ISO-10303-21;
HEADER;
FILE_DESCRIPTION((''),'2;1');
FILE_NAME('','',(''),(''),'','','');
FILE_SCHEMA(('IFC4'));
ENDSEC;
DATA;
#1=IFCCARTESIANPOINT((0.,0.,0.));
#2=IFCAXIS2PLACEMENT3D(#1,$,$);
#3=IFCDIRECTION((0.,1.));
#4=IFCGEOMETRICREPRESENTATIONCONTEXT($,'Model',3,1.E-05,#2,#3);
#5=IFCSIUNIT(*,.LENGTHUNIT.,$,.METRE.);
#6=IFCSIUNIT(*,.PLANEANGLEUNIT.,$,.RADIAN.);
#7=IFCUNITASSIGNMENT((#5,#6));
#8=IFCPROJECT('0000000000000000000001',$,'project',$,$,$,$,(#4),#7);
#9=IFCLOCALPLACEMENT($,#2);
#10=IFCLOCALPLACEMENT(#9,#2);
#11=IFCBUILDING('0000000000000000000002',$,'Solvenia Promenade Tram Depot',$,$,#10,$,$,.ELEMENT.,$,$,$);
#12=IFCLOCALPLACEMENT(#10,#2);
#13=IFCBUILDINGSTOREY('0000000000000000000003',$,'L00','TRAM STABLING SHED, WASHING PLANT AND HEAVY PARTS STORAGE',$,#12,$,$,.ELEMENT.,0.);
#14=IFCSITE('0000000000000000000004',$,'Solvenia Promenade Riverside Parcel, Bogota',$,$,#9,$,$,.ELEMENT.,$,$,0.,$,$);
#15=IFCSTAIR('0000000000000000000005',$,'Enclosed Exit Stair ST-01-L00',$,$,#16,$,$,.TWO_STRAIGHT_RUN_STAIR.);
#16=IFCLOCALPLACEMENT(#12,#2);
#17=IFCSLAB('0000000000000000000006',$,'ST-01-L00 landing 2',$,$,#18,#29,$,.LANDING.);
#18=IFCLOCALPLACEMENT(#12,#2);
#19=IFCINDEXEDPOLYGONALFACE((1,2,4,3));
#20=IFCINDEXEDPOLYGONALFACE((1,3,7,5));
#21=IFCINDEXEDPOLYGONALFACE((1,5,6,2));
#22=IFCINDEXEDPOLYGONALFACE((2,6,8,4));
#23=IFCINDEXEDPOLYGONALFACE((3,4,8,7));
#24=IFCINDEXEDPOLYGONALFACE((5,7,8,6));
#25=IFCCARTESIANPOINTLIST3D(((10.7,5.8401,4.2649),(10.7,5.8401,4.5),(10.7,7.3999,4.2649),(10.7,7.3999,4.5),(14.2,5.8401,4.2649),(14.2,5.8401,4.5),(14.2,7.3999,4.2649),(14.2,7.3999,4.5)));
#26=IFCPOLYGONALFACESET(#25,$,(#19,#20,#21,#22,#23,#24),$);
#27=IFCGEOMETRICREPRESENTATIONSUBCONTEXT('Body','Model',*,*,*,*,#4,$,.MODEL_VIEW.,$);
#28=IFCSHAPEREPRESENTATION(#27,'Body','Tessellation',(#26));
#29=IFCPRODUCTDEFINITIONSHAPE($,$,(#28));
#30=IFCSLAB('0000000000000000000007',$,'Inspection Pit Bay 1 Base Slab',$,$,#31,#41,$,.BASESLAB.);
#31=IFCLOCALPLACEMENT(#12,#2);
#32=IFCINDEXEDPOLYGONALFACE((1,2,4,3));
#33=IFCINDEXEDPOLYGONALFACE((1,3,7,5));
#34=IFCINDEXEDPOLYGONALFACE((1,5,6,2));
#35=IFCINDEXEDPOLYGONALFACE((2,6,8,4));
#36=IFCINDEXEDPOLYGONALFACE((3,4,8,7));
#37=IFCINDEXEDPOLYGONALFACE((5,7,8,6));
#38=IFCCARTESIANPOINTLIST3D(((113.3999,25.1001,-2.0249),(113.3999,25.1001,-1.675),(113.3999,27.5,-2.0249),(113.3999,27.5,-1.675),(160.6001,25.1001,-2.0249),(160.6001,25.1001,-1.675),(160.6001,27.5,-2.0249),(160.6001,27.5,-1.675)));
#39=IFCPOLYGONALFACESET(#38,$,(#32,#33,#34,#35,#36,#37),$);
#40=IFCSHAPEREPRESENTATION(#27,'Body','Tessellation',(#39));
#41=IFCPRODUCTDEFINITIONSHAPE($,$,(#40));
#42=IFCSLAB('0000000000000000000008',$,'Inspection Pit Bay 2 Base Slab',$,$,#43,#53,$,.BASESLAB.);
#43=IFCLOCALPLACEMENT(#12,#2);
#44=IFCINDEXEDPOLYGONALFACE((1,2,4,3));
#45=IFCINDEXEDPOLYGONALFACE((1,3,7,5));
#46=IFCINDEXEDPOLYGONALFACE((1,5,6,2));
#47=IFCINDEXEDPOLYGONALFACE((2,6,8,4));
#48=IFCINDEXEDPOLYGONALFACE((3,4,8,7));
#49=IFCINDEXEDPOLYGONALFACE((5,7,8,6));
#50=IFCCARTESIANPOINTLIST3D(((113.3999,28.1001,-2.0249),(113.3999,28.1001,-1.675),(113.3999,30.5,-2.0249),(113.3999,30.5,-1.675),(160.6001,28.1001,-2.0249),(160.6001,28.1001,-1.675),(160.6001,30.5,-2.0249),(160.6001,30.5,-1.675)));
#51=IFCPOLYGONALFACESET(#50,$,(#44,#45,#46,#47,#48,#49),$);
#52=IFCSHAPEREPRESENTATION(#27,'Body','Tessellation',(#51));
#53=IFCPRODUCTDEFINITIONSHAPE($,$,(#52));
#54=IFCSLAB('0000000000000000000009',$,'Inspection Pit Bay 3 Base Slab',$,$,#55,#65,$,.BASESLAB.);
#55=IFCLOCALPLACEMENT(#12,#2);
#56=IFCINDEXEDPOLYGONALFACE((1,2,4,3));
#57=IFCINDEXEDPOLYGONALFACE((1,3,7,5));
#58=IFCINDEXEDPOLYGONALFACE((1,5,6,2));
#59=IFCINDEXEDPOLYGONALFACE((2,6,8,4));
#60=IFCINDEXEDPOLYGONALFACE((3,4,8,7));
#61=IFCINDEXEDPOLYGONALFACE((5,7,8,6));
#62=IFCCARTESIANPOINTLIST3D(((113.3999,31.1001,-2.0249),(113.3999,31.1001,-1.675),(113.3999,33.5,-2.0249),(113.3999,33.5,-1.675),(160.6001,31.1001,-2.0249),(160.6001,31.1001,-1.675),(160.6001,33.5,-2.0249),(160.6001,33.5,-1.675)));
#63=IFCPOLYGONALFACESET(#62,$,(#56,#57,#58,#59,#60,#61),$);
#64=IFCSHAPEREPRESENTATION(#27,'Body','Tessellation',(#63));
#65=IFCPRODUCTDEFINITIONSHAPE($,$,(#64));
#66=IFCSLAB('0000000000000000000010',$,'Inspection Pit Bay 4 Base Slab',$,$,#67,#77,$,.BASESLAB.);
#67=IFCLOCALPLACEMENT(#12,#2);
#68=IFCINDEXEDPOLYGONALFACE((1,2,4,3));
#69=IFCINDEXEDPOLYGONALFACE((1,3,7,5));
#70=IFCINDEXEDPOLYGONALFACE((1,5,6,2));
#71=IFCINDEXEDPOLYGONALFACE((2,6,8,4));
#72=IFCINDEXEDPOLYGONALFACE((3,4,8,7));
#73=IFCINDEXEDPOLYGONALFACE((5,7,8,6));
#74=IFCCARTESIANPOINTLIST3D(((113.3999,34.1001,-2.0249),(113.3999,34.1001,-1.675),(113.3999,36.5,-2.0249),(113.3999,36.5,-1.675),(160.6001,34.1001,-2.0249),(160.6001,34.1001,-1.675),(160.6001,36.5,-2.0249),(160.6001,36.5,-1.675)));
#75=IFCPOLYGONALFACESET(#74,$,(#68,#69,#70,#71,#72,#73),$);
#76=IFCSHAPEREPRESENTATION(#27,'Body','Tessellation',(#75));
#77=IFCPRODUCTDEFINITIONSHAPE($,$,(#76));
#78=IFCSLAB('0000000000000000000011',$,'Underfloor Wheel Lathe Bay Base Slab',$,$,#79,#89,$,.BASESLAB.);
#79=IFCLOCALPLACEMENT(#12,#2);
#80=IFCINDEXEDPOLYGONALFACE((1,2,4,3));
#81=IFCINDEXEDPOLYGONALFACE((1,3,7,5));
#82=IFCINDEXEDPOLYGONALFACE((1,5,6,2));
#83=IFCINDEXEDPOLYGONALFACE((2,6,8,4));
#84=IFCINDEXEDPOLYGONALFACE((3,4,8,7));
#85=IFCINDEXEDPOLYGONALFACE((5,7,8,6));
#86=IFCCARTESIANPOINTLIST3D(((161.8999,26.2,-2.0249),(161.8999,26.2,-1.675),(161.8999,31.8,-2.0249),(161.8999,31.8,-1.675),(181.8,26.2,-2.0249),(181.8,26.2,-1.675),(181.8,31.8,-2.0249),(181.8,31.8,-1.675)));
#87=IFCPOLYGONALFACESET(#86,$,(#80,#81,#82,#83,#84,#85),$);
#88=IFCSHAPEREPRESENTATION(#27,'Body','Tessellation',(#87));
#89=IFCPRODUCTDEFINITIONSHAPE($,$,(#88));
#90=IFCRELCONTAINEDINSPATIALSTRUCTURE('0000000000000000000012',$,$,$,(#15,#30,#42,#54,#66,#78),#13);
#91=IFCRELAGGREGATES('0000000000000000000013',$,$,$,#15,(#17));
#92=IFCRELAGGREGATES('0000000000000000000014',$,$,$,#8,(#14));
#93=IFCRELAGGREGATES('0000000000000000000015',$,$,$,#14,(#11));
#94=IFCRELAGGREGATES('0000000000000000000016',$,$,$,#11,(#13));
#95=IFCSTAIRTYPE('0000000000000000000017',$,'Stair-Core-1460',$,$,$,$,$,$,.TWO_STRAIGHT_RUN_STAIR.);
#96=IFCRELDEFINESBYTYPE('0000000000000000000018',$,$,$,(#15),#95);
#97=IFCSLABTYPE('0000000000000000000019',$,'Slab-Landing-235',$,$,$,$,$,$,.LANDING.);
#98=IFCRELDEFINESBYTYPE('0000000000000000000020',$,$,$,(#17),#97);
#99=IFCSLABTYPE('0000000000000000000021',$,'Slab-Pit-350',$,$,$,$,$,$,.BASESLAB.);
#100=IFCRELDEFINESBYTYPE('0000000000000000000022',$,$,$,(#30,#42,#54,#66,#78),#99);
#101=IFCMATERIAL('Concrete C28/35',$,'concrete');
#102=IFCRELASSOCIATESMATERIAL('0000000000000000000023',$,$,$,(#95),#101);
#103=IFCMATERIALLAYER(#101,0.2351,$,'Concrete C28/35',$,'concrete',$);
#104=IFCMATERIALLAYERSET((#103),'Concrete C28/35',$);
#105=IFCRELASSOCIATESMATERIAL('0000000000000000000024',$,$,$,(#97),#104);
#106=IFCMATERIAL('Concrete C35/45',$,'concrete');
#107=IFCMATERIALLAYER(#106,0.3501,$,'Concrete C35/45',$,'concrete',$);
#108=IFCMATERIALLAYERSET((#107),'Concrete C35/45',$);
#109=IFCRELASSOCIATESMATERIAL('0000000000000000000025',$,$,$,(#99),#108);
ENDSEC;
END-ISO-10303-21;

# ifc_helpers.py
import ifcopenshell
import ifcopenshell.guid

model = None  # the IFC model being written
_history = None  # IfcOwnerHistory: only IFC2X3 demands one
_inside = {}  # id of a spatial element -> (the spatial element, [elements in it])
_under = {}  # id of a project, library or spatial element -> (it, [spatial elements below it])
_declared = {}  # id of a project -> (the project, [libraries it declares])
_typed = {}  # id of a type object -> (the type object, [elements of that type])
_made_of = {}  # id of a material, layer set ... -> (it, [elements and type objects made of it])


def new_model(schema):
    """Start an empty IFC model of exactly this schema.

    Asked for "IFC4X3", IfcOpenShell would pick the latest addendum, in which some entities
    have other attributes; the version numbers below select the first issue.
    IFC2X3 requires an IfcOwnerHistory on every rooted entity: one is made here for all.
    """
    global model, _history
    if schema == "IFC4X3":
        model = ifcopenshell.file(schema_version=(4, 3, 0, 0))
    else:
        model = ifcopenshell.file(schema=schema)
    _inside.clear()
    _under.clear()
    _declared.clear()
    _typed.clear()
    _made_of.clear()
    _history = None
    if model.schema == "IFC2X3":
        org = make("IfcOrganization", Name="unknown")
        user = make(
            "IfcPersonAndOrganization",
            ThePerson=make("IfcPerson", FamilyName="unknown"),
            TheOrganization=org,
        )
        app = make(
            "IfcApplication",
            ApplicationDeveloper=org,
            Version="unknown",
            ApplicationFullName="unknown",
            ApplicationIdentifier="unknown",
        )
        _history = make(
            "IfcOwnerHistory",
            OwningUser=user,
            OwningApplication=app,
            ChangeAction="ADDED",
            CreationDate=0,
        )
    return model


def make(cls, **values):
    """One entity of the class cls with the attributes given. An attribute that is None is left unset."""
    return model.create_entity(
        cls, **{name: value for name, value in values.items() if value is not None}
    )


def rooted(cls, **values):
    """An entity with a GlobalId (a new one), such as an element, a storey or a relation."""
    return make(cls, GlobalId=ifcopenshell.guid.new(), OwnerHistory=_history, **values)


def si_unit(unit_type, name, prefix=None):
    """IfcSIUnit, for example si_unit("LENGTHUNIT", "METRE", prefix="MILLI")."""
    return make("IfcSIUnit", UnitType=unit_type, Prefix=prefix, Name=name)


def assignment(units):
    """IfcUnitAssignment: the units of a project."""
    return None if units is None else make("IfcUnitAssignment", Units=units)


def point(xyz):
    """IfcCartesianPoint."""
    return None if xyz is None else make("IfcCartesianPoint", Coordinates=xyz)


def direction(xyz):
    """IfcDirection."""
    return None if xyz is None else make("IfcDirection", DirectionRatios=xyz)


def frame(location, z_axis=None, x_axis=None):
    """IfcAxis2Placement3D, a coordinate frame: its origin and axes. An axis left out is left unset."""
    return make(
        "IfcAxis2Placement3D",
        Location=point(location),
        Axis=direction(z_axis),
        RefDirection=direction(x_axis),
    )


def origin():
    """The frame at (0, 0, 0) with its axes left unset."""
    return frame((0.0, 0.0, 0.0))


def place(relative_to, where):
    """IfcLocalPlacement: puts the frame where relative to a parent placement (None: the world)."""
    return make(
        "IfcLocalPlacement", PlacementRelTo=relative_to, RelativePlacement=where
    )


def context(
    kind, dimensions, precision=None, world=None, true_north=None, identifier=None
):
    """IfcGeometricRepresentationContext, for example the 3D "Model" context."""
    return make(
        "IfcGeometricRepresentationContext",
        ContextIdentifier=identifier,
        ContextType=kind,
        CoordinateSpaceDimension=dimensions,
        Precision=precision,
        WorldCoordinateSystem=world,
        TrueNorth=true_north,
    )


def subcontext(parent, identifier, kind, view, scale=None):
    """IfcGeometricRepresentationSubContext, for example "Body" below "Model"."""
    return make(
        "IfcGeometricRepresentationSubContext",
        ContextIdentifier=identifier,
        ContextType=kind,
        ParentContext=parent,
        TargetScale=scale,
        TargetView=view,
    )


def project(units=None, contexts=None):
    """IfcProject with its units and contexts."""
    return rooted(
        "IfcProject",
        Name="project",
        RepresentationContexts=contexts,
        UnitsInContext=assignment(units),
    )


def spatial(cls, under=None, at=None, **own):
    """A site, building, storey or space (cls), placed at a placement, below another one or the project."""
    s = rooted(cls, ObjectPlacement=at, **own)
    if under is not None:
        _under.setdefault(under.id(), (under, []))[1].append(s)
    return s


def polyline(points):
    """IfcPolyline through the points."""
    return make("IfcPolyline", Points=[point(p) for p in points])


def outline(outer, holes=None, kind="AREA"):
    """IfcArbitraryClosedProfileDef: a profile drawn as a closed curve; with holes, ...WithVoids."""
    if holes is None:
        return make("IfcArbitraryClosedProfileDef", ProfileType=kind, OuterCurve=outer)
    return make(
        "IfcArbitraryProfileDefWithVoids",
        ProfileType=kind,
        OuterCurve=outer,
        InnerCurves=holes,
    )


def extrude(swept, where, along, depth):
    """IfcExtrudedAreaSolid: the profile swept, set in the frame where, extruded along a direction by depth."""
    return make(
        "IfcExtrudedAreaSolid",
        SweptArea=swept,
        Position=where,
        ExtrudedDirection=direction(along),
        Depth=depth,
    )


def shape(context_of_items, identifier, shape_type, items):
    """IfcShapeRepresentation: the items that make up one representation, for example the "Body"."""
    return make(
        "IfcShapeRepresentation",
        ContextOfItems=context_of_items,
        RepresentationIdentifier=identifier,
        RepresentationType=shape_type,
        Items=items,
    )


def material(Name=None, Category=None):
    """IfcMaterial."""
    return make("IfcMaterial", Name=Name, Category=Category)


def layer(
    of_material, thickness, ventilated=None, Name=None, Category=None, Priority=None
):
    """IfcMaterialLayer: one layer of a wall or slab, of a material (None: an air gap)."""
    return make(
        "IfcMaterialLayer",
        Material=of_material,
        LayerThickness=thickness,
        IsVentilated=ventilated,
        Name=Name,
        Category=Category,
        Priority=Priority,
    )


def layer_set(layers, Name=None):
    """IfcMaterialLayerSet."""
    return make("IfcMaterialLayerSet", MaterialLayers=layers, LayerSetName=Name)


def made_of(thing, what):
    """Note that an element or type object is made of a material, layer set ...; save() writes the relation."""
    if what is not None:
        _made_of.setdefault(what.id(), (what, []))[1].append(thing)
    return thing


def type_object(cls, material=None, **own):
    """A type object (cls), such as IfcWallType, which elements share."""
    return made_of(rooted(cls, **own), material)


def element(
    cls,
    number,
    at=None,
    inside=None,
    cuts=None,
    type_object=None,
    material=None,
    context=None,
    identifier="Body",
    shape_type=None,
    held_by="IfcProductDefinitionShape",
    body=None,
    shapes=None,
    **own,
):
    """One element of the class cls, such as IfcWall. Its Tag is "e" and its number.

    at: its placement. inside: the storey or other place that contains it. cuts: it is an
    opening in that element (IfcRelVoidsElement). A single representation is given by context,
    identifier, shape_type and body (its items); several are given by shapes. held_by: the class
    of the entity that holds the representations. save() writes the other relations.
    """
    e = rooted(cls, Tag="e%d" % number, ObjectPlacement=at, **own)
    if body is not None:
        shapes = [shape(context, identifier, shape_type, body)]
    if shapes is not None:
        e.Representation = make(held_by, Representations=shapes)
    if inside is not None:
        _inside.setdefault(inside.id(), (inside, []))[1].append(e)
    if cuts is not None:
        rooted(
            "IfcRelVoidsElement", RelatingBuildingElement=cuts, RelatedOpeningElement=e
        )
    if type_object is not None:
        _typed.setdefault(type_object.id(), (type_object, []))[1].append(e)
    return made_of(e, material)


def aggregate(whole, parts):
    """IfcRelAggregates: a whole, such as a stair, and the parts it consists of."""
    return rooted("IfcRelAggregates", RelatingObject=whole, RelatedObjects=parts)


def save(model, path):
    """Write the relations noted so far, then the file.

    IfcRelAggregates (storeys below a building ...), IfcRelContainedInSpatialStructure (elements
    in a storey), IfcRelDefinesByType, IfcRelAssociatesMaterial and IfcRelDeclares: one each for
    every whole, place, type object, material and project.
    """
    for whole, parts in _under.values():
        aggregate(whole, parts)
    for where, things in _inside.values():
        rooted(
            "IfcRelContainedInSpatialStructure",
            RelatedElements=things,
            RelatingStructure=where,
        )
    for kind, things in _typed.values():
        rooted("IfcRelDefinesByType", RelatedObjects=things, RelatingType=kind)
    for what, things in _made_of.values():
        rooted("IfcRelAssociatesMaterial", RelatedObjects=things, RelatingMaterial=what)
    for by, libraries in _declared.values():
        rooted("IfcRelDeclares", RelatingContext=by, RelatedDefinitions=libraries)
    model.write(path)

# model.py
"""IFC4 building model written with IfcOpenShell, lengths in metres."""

from ifc_helpers import new_model, si_unit, direction, frame, origin, place, context, subcontext, project, spatial, polyline, outline, extrude, material, layer, layer_set, type_object, element, aggregate, save


model = new_model("IFC4")

# Units and contexts
model_context = context("Model", 3, precision=1e-05, world=origin(), true_north=direction((0.0, 1.0)))
body_context = subcontext(model_context, "Body", "Model", "MODEL_VIEW")
ifc_project = project(units=[si_unit("LENGTHUNIT", "METRE"), si_unit("PLANEANGLEUNIT", "RADIAN")], contexts=[model_context])

# Site, building, storey
site_placement = place(None, origin())
site = spatial("IfcSite", under=ifc_project, at=site_placement, Name="Solvenia Promenade Riverside Parcel, Bogota", CompositionType="ELEMENT", RefElevation=0.0)
building_placement = place(site_placement, origin())
building = spatial("IfcBuilding", under=site, at=building_placement, Name="Solvenia Promenade Tram Depot", CompositionType="ELEMENT")
storey_placement = place(building_placement, origin())
storey = spatial("IfcBuildingStorey", under=building, at=storey_placement, Name="L00", Description="TRAM STABLING SHED, WASHING PLANT AND HEAVY PARTS STORAGE", CompositionType="ELEMENT", Elevation=0.0)

# Shared definitions
ifc_material_1 = material(Name="Concrete C28/35", Category="concrete")

# Stair, slab
stair_type = type_object("IfcStairType", Name="Stair-Core-1460", PredefinedType="TWO_STRAIGHT_RUN_STAIR", material=ifc_material_1)
stair_1_placement = place(storey_placement, origin())
stair_1 = element("IfcStair", 1, at=stair_1_placement, inside=storey, type_object=stair_type, Name="Enclosed Exit Stair ST-01-L00", PredefinedType="TWO_STRAIGHT_RUN_STAIR")
ifc_layer_1 = layer(ifc_material_1, 0.2351, Name="Concrete C28/35", Category="concrete")
ifc_layer_set_1 = layer_set([ifc_layer_1], Name="Concrete C28/35")
slab_type_1 = type_object("IfcSlabType", Name="Slab-Landing-235", PredefinedType="LANDING", material=ifc_layer_set_1)
slab_1_placement = place(storey_placement, frame((0.0, 0.0, 4.2649)))
slab_1 = element("IfcSlab", 2, at=slab_1_placement, type_object=slab_type_1, Name="ST-01-L00 landing 2", PredefinedType="LANDING", context=body_context, shape_type="SweptSolid", body=[
    extrude(outline(polyline([(10.7, 5.8401), (14.2, 5.8401), (14.2, 7.3999), (10.7, 7.3999), (10.7, 5.8401)])), origin(), (0.0, 0.0, 1.0), 0.2351),
])
aggregate(stair_1, [slab_1])

# Slabs
ifc_material_2 = material(Name="Concrete C35/45", Category="concrete")
ifc_layer_2 = layer(ifc_material_2, 0.3501, Name="Concrete C35/45", Category="concrete")
ifc_layer_set_2 = layer_set([ifc_layer_2], Name="Concrete C35/45")
slab_type_2 = type_object("IfcSlabType", Name="Slab-Pit-350", PredefinedType="BASESLAB", material=ifc_layer_set_2)
slab_2_placement = place(storey_placement, frame((0.0, 0.0, -2.0249)))
element("IfcSlab", 3, at=slab_2_placement, inside=storey, type_object=slab_type_2, Name="Inspection Pit Bay 1 Base Slab", PredefinedType="BASESLAB", context=body_context, shape_type="SweptSolid", body=[
    extrude(outline(polyline([(113.3999, 25.1001), (160.6001, 25.1001), (160.6001, 27.5), (113.3999, 27.5), (113.3999, 25.1001)])), origin(), (0.0, 0.0, 1.0), 0.3499),
])
slab_3_placement = place(storey_placement, frame((0.0, 0.0, -2.0249)))
element("IfcSlab", 4, at=slab_3_placement, inside=storey, type_object=slab_type_2, Name="Inspection Pit Bay 2 Base Slab", PredefinedType="BASESLAB", context=body_context, shape_type="SweptSolid", body=[
    extrude(outline(polyline([(113.3999, 28.1001), (160.6001, 28.1001), (160.6001, 30.5), (113.3999, 30.5), (113.3999, 28.1001)])), origin(), (0.0, 0.0, 1.0), 0.3499),
])
slab_4_placement = place(storey_placement, frame((0.0, 0.0, -2.0249)))
element("IfcSlab", 5, at=slab_4_placement, inside=storey, type_object=slab_type_2, Name="Inspection Pit Bay 3 Base Slab", PredefinedType="BASESLAB", context=body_context, shape_type="SweptSolid", body=[
    extrude(outline(polyline([(113.3999, 31.1001), (160.6001, 31.1001), (160.6001, 33.5), (113.3999, 33.5), (113.3999, 31.1001)])), origin(), (0.0, 0.0, 1.0), 0.3499),
])
slab_5_placement = place(storey_placement, frame((0.0, 0.0, -2.0249)))
element("IfcSlab", 6, at=slab_5_placement, inside=storey, type_object=slab_type_2, Name="Inspection Pit Bay 4 Base Slab", PredefinedType="BASESLAB", context=body_context, shape_type="SweptSolid", body=[
    extrude(outline(polyline([(113.3999, 34.1001), (160.6001, 34.1001), (160.6001, 36.5), (113.3999, 36.5), (113.3999, 34.1001)])), origin(), (0.0, 0.0, 1.0), 0.3499),
])
slab_6_placement = place(storey_placement, frame((0.0, 0.0, -2.0249)))
element("IfcSlab", 7, at=slab_6_placement, inside=storey, type_object=slab_type_2, Name="Underfloor Wheel Lathe Bay Base Slab", PredefinedType="BASESLAB", context=body_context, shape_type="SweptSolid", body=[
    extrude(outline(polyline([(161.8999, 26.2), (181.8, 26.2), (181.8, 31.8), (161.8999, 31.8), (161.8999, 26.2)])), origin(), (0.0, 0.0, 1.0), 0.3499),
])

save(model, "model.ifc")
